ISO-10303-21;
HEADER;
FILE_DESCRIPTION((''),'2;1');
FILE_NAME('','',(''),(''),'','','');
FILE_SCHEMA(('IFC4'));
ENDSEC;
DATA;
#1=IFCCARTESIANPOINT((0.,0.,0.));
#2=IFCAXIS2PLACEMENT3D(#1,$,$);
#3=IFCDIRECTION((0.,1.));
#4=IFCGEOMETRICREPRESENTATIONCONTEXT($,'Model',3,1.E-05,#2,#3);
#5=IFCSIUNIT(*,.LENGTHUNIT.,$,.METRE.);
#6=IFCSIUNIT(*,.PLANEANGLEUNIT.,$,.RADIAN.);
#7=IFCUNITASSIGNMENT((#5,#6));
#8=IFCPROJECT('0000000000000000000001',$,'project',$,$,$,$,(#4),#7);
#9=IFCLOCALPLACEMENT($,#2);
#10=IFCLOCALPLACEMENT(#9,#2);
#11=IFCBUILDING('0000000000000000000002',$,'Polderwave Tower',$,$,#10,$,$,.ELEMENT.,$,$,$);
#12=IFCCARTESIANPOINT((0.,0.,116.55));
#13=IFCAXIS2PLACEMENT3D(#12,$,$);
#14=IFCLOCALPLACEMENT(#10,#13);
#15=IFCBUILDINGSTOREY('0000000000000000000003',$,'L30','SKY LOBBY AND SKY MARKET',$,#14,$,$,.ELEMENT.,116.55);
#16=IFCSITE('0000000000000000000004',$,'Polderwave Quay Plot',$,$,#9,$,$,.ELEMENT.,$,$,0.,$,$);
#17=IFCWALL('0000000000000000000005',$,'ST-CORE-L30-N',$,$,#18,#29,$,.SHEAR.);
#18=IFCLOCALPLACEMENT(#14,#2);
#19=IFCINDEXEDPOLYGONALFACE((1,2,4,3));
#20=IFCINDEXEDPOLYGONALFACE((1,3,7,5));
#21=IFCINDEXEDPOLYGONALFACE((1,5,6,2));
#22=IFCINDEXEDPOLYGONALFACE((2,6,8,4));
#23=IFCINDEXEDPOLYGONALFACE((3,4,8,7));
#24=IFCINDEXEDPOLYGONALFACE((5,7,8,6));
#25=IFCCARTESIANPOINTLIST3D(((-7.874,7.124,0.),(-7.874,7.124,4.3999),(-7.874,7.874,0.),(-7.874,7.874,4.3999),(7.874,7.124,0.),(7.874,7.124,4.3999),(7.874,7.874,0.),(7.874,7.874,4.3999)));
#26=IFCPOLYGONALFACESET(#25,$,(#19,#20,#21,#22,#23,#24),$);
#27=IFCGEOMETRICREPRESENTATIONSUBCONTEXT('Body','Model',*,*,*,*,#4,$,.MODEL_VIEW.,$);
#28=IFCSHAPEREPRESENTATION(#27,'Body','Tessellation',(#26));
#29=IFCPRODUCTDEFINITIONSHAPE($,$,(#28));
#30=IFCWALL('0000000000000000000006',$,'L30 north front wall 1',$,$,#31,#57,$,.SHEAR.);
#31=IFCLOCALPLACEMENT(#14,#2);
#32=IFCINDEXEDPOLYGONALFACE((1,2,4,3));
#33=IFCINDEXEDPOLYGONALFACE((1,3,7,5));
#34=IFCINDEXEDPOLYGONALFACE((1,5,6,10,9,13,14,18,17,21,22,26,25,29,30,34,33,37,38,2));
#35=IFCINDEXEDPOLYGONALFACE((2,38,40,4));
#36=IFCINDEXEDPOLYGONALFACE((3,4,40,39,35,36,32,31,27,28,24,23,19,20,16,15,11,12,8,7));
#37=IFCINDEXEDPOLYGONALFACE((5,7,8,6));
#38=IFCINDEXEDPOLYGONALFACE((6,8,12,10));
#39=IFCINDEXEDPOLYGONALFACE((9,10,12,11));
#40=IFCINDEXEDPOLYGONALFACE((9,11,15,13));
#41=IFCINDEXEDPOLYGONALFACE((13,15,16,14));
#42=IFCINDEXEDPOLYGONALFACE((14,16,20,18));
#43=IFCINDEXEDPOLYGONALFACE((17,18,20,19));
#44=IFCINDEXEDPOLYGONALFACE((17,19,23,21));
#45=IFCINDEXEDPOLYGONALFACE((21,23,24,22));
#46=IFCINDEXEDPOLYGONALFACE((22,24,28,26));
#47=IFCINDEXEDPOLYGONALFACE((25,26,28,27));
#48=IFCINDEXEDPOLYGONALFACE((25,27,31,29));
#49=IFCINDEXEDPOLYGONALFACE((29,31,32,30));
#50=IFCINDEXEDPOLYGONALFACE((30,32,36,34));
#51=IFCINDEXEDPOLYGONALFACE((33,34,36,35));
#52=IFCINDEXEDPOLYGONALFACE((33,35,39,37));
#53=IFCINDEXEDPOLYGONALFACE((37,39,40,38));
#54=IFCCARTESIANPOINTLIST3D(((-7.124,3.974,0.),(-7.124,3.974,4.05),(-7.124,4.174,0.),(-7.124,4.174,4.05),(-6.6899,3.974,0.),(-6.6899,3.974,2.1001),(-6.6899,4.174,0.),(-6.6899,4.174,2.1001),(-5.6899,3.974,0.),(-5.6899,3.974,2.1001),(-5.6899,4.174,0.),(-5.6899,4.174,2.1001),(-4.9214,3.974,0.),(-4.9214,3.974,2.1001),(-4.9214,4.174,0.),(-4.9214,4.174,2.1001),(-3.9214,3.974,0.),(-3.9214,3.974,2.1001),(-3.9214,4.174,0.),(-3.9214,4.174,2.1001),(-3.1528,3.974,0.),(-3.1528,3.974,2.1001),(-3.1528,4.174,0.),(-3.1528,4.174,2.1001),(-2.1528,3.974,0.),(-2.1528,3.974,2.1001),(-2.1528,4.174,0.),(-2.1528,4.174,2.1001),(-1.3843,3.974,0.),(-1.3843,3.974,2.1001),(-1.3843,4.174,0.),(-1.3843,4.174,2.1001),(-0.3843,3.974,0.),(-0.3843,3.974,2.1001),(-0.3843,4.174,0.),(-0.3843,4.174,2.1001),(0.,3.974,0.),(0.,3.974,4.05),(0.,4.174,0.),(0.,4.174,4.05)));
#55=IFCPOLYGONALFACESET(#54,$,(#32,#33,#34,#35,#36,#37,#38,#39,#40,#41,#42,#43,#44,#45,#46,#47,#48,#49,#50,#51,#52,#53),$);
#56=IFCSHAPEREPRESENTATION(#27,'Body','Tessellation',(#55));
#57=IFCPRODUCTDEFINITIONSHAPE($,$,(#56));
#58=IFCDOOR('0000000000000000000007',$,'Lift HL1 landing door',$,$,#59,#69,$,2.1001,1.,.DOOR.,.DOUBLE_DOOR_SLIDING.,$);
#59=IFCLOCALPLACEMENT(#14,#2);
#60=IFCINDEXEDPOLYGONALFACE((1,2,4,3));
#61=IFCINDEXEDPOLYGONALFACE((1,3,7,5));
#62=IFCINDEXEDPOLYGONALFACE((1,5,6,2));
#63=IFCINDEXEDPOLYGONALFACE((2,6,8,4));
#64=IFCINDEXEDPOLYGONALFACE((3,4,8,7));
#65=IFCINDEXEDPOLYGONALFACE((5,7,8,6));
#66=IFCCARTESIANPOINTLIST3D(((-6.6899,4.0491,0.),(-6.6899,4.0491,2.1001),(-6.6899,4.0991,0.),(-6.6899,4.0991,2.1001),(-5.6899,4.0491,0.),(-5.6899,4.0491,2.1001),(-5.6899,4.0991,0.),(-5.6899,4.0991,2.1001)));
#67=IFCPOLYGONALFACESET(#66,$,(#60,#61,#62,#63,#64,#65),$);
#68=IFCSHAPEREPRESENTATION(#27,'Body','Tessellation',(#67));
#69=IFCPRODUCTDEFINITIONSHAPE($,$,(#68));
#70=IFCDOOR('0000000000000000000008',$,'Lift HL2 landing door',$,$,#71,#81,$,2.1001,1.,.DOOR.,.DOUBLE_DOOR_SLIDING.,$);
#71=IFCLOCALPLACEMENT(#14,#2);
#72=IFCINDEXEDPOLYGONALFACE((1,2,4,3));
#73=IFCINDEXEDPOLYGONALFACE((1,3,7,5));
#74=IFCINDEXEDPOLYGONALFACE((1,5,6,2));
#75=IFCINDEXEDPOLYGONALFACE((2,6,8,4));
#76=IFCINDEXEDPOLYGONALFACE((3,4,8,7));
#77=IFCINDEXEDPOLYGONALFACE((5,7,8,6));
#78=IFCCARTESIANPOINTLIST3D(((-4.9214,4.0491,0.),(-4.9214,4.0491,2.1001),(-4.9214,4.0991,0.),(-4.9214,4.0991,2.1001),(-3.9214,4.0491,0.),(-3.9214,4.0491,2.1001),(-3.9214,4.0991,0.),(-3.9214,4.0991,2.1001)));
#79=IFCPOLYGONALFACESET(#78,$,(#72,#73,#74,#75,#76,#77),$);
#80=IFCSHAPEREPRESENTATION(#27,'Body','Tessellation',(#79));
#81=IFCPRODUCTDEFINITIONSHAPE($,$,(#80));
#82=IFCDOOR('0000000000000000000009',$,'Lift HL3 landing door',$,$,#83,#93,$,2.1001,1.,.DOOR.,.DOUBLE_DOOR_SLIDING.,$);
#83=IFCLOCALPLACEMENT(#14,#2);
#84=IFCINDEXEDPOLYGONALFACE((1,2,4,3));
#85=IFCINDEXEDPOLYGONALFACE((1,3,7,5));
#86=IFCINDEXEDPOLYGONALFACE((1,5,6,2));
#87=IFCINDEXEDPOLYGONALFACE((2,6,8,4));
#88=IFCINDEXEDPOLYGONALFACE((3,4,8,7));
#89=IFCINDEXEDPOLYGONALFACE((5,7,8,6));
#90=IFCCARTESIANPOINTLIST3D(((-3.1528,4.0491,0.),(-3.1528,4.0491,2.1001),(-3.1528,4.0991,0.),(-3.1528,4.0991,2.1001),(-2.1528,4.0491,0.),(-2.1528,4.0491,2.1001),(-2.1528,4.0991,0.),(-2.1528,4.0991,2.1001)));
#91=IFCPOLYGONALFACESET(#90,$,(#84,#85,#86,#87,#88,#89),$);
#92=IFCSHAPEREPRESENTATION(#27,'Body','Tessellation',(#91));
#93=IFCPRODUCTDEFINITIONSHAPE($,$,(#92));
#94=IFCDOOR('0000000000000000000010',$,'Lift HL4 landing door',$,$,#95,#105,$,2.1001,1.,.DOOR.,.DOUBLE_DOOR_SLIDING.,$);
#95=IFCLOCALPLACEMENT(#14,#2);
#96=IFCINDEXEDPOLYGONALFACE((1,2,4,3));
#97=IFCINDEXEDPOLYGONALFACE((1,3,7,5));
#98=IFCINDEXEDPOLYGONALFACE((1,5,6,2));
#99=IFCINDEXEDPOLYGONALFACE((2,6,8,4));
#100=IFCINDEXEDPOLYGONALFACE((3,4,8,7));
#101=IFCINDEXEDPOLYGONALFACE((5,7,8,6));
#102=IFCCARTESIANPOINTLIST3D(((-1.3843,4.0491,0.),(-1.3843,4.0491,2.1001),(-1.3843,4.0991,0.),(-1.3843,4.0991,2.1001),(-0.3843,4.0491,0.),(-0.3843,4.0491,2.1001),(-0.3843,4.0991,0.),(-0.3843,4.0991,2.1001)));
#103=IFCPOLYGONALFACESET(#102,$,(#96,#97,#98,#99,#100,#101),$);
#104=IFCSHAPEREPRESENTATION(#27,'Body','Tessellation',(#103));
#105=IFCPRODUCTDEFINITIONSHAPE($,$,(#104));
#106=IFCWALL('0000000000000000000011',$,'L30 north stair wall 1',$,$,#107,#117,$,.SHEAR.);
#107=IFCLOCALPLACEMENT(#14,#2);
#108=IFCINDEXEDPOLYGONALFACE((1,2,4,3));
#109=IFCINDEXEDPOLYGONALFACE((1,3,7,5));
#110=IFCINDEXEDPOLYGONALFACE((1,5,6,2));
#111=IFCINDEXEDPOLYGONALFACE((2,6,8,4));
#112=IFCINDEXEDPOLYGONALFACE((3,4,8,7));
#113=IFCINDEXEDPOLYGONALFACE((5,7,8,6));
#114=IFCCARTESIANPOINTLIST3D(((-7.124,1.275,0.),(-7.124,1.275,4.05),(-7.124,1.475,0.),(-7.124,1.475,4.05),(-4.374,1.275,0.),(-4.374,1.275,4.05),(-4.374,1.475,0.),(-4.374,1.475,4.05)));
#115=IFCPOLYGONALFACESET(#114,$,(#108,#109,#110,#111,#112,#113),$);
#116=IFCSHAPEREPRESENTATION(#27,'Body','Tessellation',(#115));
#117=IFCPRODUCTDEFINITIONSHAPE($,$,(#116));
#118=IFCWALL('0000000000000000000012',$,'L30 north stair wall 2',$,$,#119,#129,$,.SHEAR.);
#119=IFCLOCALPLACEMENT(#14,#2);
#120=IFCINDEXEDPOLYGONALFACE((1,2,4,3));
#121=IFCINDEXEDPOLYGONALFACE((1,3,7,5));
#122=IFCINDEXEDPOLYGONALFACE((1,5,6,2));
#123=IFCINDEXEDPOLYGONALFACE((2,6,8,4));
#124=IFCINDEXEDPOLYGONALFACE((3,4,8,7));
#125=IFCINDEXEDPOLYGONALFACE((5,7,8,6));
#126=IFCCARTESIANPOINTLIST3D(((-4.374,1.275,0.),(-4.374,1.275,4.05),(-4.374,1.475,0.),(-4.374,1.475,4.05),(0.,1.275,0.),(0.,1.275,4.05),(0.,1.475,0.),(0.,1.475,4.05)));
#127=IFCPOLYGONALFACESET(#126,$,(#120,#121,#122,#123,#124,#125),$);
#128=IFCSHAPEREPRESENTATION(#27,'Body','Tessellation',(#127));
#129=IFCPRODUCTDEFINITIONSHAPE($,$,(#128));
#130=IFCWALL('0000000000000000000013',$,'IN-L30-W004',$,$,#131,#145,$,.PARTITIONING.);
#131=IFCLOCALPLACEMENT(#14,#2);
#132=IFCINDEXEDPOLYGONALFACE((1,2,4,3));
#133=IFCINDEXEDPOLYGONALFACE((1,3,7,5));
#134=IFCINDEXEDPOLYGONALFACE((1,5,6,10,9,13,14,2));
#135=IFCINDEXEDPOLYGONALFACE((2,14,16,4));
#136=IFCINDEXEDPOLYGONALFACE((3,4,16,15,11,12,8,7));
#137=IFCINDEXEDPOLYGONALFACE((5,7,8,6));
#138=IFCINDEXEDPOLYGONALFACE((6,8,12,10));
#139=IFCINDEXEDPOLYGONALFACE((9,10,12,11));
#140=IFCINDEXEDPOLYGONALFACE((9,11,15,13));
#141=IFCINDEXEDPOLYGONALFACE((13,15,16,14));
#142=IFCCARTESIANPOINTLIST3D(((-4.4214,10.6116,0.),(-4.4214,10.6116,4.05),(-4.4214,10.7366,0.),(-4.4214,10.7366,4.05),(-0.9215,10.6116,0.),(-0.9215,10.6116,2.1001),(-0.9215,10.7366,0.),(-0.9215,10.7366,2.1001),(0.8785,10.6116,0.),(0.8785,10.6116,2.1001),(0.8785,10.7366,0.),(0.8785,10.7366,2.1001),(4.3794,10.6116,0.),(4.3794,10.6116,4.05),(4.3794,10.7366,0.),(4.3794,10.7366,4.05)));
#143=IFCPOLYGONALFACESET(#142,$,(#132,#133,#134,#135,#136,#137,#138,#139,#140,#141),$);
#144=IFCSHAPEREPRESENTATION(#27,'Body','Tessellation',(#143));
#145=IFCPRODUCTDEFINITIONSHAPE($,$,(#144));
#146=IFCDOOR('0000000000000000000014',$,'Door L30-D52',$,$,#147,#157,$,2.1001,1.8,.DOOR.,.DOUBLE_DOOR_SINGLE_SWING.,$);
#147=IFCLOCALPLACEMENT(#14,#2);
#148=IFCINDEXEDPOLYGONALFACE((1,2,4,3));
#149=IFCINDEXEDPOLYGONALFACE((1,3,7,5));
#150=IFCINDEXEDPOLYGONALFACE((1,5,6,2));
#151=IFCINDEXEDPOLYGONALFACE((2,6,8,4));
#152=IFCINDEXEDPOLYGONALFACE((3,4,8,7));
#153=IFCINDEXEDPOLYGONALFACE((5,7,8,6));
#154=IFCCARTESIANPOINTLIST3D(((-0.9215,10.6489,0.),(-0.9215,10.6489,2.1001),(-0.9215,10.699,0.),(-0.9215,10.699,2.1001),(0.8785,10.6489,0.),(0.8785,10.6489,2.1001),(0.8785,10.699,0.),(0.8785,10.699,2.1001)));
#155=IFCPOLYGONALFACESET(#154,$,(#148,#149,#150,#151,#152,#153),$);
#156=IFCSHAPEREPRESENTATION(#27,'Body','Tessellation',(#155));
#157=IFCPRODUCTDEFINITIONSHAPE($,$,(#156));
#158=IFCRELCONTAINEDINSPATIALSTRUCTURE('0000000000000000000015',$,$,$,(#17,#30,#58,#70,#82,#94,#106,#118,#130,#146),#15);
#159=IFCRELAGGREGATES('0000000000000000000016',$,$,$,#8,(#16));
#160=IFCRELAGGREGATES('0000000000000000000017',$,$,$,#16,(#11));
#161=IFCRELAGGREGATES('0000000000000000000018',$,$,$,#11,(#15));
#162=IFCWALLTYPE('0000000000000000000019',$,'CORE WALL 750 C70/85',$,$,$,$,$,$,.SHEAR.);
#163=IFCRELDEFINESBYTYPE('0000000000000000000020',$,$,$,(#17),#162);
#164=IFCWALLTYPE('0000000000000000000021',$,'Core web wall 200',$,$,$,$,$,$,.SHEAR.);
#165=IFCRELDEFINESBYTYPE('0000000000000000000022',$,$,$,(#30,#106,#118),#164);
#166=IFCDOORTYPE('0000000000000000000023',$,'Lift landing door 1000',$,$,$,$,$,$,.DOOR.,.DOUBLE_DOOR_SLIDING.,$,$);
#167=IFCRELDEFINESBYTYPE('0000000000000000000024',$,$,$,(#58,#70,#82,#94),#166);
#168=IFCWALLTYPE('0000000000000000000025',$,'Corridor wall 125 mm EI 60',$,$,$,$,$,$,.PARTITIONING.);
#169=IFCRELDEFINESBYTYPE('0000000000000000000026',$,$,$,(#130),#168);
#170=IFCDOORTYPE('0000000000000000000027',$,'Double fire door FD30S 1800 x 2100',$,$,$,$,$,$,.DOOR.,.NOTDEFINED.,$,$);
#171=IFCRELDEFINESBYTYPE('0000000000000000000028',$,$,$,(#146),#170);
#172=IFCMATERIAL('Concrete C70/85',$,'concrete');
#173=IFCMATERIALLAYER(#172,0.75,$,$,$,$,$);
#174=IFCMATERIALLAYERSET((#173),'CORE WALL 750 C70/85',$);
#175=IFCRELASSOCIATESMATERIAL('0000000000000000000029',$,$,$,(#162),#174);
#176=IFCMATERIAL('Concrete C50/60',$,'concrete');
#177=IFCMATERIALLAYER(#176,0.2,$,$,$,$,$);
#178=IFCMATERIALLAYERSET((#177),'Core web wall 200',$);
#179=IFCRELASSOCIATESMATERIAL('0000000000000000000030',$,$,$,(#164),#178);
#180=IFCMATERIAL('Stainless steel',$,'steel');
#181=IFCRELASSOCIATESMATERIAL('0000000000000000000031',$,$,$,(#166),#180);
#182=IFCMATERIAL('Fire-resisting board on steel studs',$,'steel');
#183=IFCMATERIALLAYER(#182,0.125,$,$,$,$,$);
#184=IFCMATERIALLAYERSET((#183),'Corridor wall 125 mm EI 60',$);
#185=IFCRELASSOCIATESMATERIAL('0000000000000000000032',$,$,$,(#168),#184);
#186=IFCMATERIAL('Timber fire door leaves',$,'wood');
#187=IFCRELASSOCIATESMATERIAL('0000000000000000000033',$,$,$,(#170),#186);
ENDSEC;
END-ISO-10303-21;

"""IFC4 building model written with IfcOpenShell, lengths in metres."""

from ifc_helpers import new_model, si_unit, direction, frame, frame_2d, origin, place, context, subcontext, project, spatial, rectangle, extrude, material, layer, layer_set, type_object, element, fill, save


model = new_model("IFC4")

# Units and contexts
model_context = context("Model", 3, precision=1e-05, world=origin(), true_north=direction((0.0, 1.0)))
body_context = subcontext(model_context, "Body", "Model", "MODEL_VIEW")
ifc_project = project(units=[si_unit("LENGTHUNIT", "METRE"), si_unit("PLANEANGLEUNIT", "RADIAN")], contexts=[model_context])

# Site, building, storey
site_placement = place(None, origin())
site = spatial("IfcSite", under=ifc_project, at=site_placement, Name="Polderwave Quay Plot", CompositionType="ELEMENT", RefElevation=0.0)
building_placement = place(site_placement, origin())
building = spatial("IfcBuilding", under=site, at=building_placement, Name="Polderwave Tower", CompositionType="ELEMENT")
storey_placement = place(building_placement, frame((0.0, 0.0, 116.55)))
storey = spatial("IfcBuildingStorey", under=building, at=storey_placement, Name="L30", Description="SKY LOBBY AND SKY MARKET", CompositionType="ELEMENT", Elevation=116.55)

# Wall
ifc_material_1 = material(Name="Concrete C70/85", Category="concrete")
ifc_layer_1 = layer(ifc_material_1, 0.75)
ifc_layer_set_1 = layer_set([ifc_layer_1], Name="CORE WALL 750 C70/85")
wall_type_1 = type_object("IfcWallType", Name="CORE WALL 750 C70/85", PredefinedType="SHEAR", material=ifc_layer_set_1)
wall_1_placement = place(storey_placement, frame((-7.874, 7.499, 0.0), z_axis=(0.0, 0.0, 1.0), x_axis=(1.0, 0.0, 0.0)))
element("IfcWall", 1, at=wall_1_placement, inside=storey, type_object=wall_type_1, Name="ST-CORE-L30-N", PredefinedType="SHEAR", context=body_context, shape_type="SweptSolid", body=[
    extrude(rectangle(XDim=15.748, YDim=0.75, at=frame_2d((7.874, 0.0))), origin(), (0.0, 0.0, 1.0), 4.3999),
])

# Wall, openings, doors
ifc_material_2 = material(Name="Concrete C50/60", Category="concrete")
ifc_layer_2 = layer(ifc_material_2, 0.2)
ifc_layer_set_2 = layer_set([ifc_layer_2], Name="Core web wall 200")
wall_type_2 = type_object("IfcWallType", Name="Core web wall 200", PredefinedType="SHEAR", material=ifc_layer_set_2)
wall_2_placement = place(storey_placement, frame((-7.124, 4.074, 0.0), z_axis=(0.0, 0.0, 1.0), x_axis=(1.0, 0.0, 0.0)))
wall_2 = element("IfcWall", 2, at=wall_2_placement, inside=storey, type_object=wall_type_2, Name="L30 north front wall 1", PredefinedType="SHEAR", context=body_context, shape_type="SweptSolid", body=[
    extrude(rectangle(XDim=7.124, YDim=0.2, at=frame_2d((3.562, 0.0))), origin(), (0.0, 0.0, 1.0), 4.05),
])
opening_1_placement = place(wall_2_placement, frame((0.4341, 0.0, 0.0)))
opening_1 = element("IfcOpeningElement", 3, at=opening_1_placement, cuts=wall_2, PredefinedType="OPENING", context=body_context, shape_type="SweptSolid", body=[
    extrude(rectangle(XDim=1.0, YDim=2.1001, at=frame_2d((0.5, 1.05))), frame((0.0, 0.1099, 0.0), z_axis=(0.0, -1.0, 0.0), x_axis=(1.0, 0.0, 0.0)), (0.0, 0.0, 1.0), 0.22),
])
opening_2_placement = place(wall_2_placement, frame((2.2026, 0.0, 0.0)))
opening_2 = element("IfcOpeningElement", 4, at=opening_2_placement, cuts=wall_2, PredefinedType="OPENING", context=body_context, shape_type="SweptSolid", body=[
    extrude(rectangle(XDim=1.0, YDim=2.1001, at=frame_2d((0.5, 1.05))), frame((0.0, 0.1099, 0.0), z_axis=(0.0, -1.0, 0.0), x_axis=(1.0, 0.0, 0.0)), (0.0, 0.0, 1.0), 0.22),
])
opening_3_placement = place(wall_2_placement, frame((3.9712, 0.0, 0.0)))
opening_3 = element("IfcOpeningElement", 5, at=opening_3_placement, cuts=wall_2, PredefinedType="OPENING", context=body_context, shape_type="SweptSolid", body=[
    extrude(rectangle(XDim=1.0, YDim=2.1001, at=frame_2d((0.5, 1.05))), frame((0.0, 0.1099, 0.0), z_axis=(0.0, -1.0, 0.0), x_axis=(1.0, 0.0, 0.0)), (0.0, 0.0, 1.0), 0.22),
])
opening_4_placement = place(wall_2_placement, frame((5.7397, 0.0, 0.0)))
opening_4 = element("IfcOpeningElement", 6, at=opening_4_placement, cuts=wall_2, PredefinedType="OPENING", context=body_context, shape_type="SweptSolid", body=[
    extrude(rectangle(XDim=1.0, YDim=2.1001, at=frame_2d((0.5, 1.05))), frame((0.0, 0.1099, 0.0), z_axis=(0.0, -1.0, 0.0), x_axis=(1.0, 0.0, 0.0)), (0.0, 0.0, 1.0), 0.22),
])
ifc_material_3 = material(Name="Stainless steel", Category="steel")
door_type_1 = type_object("IfcDoorType", Name="Lift landing door 1000", OperationType="DOUBLE_DOOR_SLIDING", PredefinedType="DOOR", material=ifc_material_3)
door_1_placement = place(opening_1_placement, frame((1.0, 0.0, 0.0), z_axis=(0.0, 0.0, 1.0), x_axis=(-1.0, 0.0, 0.0)))
door_1 = element("IfcDoor", 7, at=door_1_placement, inside=storey, type_object=door_type_1, Name="Lift HL1 landing door", OperationType="DOUBLE_DOOR_SLIDING", OverallHeight=2.1001, OverallWidth=1.0, PredefinedType="DOOR", context=body_context, shape_type="SweptSolid", body=[
    extrude(rectangle(XDim=1.0, YDim=2.1001, at=frame_2d((0.5, 1.05))), frame((0.0, 0.0249, 0.0), z_axis=(0.0, -1.0, 0.0), x_axis=(1.0, 0.0, 0.0)), (0.0, 0.0, 1.0), 0.05),
])
fill(opening_1, door_1)
door_2_placement = place(opening_2_placement, frame((1.0, 0.0, 0.0), z_axis=(0.0, 0.0, 1.0), x_axis=(-1.0, 0.0, 0.0)))
door_2 = element("IfcDoor", 8, at=door_2_placement, inside=storey, type_object=door_type_1, Name="Lift HL2 landing door", OperationType="DOUBLE_DOOR_SLIDING", OverallHeight=2.1001, OverallWidth=1.0, PredefinedType="DOOR", context=body_context, shape_type="SweptSolid", body=[
    extrude(rectangle(XDim=1.0, YDim=2.1001, at=frame_2d((0.5, 1.05))), frame((0.0, 0.0249, 0.0), z_axis=(0.0, -1.0, 0.0), x_axis=(1.0, 0.0, 0.0)), (0.0, 0.0, 1.0), 0.05),
])
fill(opening_2, door_2)
door_3_placement = place(opening_3_placement, frame((1.0, 0.0, 0.0), z_axis=(0.0, 0.0, 1.0), x_axis=(-1.0, 0.0, 0.0)))
door_3 = element("IfcDoor", 9, at=door_3_placement, inside=storey, type_object=door_type_1, Name="Lift HL3 landing door", OperationType="DOUBLE_DOOR_SLIDING", OverallHeight=2.1001, OverallWidth=1.0, PredefinedType="DOOR", context=body_context, shape_type="SweptSolid", body=[
    extrude(rectangle(XDim=1.0, YDim=2.1001, at=frame_2d((0.5, 1.05))), frame((0.0, 0.0249, 0.0), z_axis=(0.0, -1.0, 0.0), x_axis=(1.0, 0.0, 0.0)), (0.0, 0.0, 1.0), 0.05),
])
fill(opening_3, door_3)
door_4_placement = place(opening_4_placement, frame((1.0, 0.0, 0.0), z_axis=(0.0, 0.0, 1.0), x_axis=(-1.0, 0.0, 0.0)))
door_4 = element("IfcDoor", 10, at=door_4_placement, inside=storey, type_object=door_type_1, Name="Lift HL4 landing door", OperationType="DOUBLE_DOOR_SLIDING", OverallHeight=2.1001, OverallWidth=1.0, PredefinedType="DOOR", context=body_context, shape_type="SweptSolid", body=[
    extrude(rectangle(XDim=1.0, YDim=2.1001, at=frame_2d((0.5, 1.05))), frame((0.0, 0.0249, 0.0), z_axis=(0.0, -1.0, 0.0), x_axis=(1.0, 0.0, 0.0)), (0.0, 0.0, 1.0), 0.05),
])
fill(opening_4, door_4)

# Walls
wall_3_placement = place(storey_placement, frame((-7.124, 1.375, 0.0), z_axis=(0.0, 0.0, 1.0), x_axis=(1.0, 0.0, 0.0)))
element("IfcWall", 11, at=wall_3_placement, inside=storey, type_object=wall_type_2, Name="L30 north stair wall 1", PredefinedType="SHEAR", context=body_context, shape_type="SweptSolid", body=[
    extrude(rectangle(XDim=2.75, YDim=0.2, at=frame_2d((1.375, 0.0))), origin(), (0.0, 0.0, 1.0), 4.05),
])
wall_4_placement = place(storey_placement, frame((-4.374, 1.375, 0.0), z_axis=(0.0, 0.0, 1.0), x_axis=(1.0, 0.0, 0.0)))
element("IfcWall", 12, at=wall_4_placement, inside=storey, type_object=wall_type_2, Name="L30 north stair wall 2", PredefinedType="SHEAR", context=body_context, shape_type="SweptSolid", body=[
    extrude(rectangle(XDim=4.374, YDim=0.2, at=frame_2d((2.187, 0.0))), origin(), (0.0, 0.0, 1.0), 4.05),
])

# Wall, opening, door
ifc_material_4 = material(Name="Fire-resisting board on steel studs", Category="steel")
ifc_layer_3 = layer(ifc_material_4, 0.125)
ifc_layer_set_3 = layer_set([ifc_layer_3], Name="Corridor wall 125 mm EI 60")
wall_type_3 = type_object("IfcWallType", Name="Corridor wall 125 mm EI 60", PredefinedType="PARTITIONING", material=ifc_layer_set_3)
wall_5_placement = place(storey_placement, frame((-4.4214, 10.6741, 0.0), z_axis=(0.0, 0.0, 1.0), x_axis=(1.0, 0.0, 0.0)))
wall_5 = element("IfcWall", 13, at=wall_5_placement, inside=storey, type_object=wall_type_3, Name="IN-L30-W004", PredefinedType="PARTITIONING", context=body_context, shape_type="SweptSolid", body=[
    extrude(rectangle(XDim=8.8008, YDim=0.125, at=frame_2d((4.4004, 0.0))), origin(), (0.0, 0.0, 1.0), 4.05),
])
opening_5_placement = place(wall_5_placement, frame((3.5, 0.0, 0.0)))
opening_5 = element("IfcOpeningElement", 14, at=opening_5_placement, cuts=wall_5, PredefinedType="OPENING", context=body_context, shape_type="SweptSolid", body=[
    extrude(rectangle(XDim=1.8, YDim=2.1001, at=frame_2d((0.8999, 1.05))), frame((0.0, 0.0725, 0.0), z_axis=(0.0, -1.0, 0.0), x_axis=(1.0, 0.0, 0.0)), (0.0, 0.0, 1.0), 0.145),
])
ifc_material_5 = material(Name="Timber fire door leaves", Category="wood")
door_type_2 = type_object("IfcDoorType", Name="Double fire door FD30S 1800 x 2100", OperationType="NOTDEFINED", PredefinedType="DOOR", material=ifc_material_5)
door_5_placement = place(opening_5_placement, origin())
door_5 = element("IfcDoor", 15, at=door_5_placement, inside=storey, type_object=door_type_2, Name="Door L30-D52", OperationType="DOUBLE_DOOR_SINGLE_SWING", OverallHeight=2.1001, OverallWidth=1.8, PredefinedType="DOOR", context=body_context, shape_type="SweptSolid", body=[
    extrude(rectangle(XDim=1.8, YDim=2.1001, at=frame_2d((0.8999, 1.05))), frame((0.0, 0.0249, 0.0), z_axis=(0.0, -1.0, 0.0), x_axis=(1.0, 0.0, 0.0)), (0.0, 0.0, 1.0), 0.05),
])
fill(opening_5, door_5)

save(model, "model.ifc")
